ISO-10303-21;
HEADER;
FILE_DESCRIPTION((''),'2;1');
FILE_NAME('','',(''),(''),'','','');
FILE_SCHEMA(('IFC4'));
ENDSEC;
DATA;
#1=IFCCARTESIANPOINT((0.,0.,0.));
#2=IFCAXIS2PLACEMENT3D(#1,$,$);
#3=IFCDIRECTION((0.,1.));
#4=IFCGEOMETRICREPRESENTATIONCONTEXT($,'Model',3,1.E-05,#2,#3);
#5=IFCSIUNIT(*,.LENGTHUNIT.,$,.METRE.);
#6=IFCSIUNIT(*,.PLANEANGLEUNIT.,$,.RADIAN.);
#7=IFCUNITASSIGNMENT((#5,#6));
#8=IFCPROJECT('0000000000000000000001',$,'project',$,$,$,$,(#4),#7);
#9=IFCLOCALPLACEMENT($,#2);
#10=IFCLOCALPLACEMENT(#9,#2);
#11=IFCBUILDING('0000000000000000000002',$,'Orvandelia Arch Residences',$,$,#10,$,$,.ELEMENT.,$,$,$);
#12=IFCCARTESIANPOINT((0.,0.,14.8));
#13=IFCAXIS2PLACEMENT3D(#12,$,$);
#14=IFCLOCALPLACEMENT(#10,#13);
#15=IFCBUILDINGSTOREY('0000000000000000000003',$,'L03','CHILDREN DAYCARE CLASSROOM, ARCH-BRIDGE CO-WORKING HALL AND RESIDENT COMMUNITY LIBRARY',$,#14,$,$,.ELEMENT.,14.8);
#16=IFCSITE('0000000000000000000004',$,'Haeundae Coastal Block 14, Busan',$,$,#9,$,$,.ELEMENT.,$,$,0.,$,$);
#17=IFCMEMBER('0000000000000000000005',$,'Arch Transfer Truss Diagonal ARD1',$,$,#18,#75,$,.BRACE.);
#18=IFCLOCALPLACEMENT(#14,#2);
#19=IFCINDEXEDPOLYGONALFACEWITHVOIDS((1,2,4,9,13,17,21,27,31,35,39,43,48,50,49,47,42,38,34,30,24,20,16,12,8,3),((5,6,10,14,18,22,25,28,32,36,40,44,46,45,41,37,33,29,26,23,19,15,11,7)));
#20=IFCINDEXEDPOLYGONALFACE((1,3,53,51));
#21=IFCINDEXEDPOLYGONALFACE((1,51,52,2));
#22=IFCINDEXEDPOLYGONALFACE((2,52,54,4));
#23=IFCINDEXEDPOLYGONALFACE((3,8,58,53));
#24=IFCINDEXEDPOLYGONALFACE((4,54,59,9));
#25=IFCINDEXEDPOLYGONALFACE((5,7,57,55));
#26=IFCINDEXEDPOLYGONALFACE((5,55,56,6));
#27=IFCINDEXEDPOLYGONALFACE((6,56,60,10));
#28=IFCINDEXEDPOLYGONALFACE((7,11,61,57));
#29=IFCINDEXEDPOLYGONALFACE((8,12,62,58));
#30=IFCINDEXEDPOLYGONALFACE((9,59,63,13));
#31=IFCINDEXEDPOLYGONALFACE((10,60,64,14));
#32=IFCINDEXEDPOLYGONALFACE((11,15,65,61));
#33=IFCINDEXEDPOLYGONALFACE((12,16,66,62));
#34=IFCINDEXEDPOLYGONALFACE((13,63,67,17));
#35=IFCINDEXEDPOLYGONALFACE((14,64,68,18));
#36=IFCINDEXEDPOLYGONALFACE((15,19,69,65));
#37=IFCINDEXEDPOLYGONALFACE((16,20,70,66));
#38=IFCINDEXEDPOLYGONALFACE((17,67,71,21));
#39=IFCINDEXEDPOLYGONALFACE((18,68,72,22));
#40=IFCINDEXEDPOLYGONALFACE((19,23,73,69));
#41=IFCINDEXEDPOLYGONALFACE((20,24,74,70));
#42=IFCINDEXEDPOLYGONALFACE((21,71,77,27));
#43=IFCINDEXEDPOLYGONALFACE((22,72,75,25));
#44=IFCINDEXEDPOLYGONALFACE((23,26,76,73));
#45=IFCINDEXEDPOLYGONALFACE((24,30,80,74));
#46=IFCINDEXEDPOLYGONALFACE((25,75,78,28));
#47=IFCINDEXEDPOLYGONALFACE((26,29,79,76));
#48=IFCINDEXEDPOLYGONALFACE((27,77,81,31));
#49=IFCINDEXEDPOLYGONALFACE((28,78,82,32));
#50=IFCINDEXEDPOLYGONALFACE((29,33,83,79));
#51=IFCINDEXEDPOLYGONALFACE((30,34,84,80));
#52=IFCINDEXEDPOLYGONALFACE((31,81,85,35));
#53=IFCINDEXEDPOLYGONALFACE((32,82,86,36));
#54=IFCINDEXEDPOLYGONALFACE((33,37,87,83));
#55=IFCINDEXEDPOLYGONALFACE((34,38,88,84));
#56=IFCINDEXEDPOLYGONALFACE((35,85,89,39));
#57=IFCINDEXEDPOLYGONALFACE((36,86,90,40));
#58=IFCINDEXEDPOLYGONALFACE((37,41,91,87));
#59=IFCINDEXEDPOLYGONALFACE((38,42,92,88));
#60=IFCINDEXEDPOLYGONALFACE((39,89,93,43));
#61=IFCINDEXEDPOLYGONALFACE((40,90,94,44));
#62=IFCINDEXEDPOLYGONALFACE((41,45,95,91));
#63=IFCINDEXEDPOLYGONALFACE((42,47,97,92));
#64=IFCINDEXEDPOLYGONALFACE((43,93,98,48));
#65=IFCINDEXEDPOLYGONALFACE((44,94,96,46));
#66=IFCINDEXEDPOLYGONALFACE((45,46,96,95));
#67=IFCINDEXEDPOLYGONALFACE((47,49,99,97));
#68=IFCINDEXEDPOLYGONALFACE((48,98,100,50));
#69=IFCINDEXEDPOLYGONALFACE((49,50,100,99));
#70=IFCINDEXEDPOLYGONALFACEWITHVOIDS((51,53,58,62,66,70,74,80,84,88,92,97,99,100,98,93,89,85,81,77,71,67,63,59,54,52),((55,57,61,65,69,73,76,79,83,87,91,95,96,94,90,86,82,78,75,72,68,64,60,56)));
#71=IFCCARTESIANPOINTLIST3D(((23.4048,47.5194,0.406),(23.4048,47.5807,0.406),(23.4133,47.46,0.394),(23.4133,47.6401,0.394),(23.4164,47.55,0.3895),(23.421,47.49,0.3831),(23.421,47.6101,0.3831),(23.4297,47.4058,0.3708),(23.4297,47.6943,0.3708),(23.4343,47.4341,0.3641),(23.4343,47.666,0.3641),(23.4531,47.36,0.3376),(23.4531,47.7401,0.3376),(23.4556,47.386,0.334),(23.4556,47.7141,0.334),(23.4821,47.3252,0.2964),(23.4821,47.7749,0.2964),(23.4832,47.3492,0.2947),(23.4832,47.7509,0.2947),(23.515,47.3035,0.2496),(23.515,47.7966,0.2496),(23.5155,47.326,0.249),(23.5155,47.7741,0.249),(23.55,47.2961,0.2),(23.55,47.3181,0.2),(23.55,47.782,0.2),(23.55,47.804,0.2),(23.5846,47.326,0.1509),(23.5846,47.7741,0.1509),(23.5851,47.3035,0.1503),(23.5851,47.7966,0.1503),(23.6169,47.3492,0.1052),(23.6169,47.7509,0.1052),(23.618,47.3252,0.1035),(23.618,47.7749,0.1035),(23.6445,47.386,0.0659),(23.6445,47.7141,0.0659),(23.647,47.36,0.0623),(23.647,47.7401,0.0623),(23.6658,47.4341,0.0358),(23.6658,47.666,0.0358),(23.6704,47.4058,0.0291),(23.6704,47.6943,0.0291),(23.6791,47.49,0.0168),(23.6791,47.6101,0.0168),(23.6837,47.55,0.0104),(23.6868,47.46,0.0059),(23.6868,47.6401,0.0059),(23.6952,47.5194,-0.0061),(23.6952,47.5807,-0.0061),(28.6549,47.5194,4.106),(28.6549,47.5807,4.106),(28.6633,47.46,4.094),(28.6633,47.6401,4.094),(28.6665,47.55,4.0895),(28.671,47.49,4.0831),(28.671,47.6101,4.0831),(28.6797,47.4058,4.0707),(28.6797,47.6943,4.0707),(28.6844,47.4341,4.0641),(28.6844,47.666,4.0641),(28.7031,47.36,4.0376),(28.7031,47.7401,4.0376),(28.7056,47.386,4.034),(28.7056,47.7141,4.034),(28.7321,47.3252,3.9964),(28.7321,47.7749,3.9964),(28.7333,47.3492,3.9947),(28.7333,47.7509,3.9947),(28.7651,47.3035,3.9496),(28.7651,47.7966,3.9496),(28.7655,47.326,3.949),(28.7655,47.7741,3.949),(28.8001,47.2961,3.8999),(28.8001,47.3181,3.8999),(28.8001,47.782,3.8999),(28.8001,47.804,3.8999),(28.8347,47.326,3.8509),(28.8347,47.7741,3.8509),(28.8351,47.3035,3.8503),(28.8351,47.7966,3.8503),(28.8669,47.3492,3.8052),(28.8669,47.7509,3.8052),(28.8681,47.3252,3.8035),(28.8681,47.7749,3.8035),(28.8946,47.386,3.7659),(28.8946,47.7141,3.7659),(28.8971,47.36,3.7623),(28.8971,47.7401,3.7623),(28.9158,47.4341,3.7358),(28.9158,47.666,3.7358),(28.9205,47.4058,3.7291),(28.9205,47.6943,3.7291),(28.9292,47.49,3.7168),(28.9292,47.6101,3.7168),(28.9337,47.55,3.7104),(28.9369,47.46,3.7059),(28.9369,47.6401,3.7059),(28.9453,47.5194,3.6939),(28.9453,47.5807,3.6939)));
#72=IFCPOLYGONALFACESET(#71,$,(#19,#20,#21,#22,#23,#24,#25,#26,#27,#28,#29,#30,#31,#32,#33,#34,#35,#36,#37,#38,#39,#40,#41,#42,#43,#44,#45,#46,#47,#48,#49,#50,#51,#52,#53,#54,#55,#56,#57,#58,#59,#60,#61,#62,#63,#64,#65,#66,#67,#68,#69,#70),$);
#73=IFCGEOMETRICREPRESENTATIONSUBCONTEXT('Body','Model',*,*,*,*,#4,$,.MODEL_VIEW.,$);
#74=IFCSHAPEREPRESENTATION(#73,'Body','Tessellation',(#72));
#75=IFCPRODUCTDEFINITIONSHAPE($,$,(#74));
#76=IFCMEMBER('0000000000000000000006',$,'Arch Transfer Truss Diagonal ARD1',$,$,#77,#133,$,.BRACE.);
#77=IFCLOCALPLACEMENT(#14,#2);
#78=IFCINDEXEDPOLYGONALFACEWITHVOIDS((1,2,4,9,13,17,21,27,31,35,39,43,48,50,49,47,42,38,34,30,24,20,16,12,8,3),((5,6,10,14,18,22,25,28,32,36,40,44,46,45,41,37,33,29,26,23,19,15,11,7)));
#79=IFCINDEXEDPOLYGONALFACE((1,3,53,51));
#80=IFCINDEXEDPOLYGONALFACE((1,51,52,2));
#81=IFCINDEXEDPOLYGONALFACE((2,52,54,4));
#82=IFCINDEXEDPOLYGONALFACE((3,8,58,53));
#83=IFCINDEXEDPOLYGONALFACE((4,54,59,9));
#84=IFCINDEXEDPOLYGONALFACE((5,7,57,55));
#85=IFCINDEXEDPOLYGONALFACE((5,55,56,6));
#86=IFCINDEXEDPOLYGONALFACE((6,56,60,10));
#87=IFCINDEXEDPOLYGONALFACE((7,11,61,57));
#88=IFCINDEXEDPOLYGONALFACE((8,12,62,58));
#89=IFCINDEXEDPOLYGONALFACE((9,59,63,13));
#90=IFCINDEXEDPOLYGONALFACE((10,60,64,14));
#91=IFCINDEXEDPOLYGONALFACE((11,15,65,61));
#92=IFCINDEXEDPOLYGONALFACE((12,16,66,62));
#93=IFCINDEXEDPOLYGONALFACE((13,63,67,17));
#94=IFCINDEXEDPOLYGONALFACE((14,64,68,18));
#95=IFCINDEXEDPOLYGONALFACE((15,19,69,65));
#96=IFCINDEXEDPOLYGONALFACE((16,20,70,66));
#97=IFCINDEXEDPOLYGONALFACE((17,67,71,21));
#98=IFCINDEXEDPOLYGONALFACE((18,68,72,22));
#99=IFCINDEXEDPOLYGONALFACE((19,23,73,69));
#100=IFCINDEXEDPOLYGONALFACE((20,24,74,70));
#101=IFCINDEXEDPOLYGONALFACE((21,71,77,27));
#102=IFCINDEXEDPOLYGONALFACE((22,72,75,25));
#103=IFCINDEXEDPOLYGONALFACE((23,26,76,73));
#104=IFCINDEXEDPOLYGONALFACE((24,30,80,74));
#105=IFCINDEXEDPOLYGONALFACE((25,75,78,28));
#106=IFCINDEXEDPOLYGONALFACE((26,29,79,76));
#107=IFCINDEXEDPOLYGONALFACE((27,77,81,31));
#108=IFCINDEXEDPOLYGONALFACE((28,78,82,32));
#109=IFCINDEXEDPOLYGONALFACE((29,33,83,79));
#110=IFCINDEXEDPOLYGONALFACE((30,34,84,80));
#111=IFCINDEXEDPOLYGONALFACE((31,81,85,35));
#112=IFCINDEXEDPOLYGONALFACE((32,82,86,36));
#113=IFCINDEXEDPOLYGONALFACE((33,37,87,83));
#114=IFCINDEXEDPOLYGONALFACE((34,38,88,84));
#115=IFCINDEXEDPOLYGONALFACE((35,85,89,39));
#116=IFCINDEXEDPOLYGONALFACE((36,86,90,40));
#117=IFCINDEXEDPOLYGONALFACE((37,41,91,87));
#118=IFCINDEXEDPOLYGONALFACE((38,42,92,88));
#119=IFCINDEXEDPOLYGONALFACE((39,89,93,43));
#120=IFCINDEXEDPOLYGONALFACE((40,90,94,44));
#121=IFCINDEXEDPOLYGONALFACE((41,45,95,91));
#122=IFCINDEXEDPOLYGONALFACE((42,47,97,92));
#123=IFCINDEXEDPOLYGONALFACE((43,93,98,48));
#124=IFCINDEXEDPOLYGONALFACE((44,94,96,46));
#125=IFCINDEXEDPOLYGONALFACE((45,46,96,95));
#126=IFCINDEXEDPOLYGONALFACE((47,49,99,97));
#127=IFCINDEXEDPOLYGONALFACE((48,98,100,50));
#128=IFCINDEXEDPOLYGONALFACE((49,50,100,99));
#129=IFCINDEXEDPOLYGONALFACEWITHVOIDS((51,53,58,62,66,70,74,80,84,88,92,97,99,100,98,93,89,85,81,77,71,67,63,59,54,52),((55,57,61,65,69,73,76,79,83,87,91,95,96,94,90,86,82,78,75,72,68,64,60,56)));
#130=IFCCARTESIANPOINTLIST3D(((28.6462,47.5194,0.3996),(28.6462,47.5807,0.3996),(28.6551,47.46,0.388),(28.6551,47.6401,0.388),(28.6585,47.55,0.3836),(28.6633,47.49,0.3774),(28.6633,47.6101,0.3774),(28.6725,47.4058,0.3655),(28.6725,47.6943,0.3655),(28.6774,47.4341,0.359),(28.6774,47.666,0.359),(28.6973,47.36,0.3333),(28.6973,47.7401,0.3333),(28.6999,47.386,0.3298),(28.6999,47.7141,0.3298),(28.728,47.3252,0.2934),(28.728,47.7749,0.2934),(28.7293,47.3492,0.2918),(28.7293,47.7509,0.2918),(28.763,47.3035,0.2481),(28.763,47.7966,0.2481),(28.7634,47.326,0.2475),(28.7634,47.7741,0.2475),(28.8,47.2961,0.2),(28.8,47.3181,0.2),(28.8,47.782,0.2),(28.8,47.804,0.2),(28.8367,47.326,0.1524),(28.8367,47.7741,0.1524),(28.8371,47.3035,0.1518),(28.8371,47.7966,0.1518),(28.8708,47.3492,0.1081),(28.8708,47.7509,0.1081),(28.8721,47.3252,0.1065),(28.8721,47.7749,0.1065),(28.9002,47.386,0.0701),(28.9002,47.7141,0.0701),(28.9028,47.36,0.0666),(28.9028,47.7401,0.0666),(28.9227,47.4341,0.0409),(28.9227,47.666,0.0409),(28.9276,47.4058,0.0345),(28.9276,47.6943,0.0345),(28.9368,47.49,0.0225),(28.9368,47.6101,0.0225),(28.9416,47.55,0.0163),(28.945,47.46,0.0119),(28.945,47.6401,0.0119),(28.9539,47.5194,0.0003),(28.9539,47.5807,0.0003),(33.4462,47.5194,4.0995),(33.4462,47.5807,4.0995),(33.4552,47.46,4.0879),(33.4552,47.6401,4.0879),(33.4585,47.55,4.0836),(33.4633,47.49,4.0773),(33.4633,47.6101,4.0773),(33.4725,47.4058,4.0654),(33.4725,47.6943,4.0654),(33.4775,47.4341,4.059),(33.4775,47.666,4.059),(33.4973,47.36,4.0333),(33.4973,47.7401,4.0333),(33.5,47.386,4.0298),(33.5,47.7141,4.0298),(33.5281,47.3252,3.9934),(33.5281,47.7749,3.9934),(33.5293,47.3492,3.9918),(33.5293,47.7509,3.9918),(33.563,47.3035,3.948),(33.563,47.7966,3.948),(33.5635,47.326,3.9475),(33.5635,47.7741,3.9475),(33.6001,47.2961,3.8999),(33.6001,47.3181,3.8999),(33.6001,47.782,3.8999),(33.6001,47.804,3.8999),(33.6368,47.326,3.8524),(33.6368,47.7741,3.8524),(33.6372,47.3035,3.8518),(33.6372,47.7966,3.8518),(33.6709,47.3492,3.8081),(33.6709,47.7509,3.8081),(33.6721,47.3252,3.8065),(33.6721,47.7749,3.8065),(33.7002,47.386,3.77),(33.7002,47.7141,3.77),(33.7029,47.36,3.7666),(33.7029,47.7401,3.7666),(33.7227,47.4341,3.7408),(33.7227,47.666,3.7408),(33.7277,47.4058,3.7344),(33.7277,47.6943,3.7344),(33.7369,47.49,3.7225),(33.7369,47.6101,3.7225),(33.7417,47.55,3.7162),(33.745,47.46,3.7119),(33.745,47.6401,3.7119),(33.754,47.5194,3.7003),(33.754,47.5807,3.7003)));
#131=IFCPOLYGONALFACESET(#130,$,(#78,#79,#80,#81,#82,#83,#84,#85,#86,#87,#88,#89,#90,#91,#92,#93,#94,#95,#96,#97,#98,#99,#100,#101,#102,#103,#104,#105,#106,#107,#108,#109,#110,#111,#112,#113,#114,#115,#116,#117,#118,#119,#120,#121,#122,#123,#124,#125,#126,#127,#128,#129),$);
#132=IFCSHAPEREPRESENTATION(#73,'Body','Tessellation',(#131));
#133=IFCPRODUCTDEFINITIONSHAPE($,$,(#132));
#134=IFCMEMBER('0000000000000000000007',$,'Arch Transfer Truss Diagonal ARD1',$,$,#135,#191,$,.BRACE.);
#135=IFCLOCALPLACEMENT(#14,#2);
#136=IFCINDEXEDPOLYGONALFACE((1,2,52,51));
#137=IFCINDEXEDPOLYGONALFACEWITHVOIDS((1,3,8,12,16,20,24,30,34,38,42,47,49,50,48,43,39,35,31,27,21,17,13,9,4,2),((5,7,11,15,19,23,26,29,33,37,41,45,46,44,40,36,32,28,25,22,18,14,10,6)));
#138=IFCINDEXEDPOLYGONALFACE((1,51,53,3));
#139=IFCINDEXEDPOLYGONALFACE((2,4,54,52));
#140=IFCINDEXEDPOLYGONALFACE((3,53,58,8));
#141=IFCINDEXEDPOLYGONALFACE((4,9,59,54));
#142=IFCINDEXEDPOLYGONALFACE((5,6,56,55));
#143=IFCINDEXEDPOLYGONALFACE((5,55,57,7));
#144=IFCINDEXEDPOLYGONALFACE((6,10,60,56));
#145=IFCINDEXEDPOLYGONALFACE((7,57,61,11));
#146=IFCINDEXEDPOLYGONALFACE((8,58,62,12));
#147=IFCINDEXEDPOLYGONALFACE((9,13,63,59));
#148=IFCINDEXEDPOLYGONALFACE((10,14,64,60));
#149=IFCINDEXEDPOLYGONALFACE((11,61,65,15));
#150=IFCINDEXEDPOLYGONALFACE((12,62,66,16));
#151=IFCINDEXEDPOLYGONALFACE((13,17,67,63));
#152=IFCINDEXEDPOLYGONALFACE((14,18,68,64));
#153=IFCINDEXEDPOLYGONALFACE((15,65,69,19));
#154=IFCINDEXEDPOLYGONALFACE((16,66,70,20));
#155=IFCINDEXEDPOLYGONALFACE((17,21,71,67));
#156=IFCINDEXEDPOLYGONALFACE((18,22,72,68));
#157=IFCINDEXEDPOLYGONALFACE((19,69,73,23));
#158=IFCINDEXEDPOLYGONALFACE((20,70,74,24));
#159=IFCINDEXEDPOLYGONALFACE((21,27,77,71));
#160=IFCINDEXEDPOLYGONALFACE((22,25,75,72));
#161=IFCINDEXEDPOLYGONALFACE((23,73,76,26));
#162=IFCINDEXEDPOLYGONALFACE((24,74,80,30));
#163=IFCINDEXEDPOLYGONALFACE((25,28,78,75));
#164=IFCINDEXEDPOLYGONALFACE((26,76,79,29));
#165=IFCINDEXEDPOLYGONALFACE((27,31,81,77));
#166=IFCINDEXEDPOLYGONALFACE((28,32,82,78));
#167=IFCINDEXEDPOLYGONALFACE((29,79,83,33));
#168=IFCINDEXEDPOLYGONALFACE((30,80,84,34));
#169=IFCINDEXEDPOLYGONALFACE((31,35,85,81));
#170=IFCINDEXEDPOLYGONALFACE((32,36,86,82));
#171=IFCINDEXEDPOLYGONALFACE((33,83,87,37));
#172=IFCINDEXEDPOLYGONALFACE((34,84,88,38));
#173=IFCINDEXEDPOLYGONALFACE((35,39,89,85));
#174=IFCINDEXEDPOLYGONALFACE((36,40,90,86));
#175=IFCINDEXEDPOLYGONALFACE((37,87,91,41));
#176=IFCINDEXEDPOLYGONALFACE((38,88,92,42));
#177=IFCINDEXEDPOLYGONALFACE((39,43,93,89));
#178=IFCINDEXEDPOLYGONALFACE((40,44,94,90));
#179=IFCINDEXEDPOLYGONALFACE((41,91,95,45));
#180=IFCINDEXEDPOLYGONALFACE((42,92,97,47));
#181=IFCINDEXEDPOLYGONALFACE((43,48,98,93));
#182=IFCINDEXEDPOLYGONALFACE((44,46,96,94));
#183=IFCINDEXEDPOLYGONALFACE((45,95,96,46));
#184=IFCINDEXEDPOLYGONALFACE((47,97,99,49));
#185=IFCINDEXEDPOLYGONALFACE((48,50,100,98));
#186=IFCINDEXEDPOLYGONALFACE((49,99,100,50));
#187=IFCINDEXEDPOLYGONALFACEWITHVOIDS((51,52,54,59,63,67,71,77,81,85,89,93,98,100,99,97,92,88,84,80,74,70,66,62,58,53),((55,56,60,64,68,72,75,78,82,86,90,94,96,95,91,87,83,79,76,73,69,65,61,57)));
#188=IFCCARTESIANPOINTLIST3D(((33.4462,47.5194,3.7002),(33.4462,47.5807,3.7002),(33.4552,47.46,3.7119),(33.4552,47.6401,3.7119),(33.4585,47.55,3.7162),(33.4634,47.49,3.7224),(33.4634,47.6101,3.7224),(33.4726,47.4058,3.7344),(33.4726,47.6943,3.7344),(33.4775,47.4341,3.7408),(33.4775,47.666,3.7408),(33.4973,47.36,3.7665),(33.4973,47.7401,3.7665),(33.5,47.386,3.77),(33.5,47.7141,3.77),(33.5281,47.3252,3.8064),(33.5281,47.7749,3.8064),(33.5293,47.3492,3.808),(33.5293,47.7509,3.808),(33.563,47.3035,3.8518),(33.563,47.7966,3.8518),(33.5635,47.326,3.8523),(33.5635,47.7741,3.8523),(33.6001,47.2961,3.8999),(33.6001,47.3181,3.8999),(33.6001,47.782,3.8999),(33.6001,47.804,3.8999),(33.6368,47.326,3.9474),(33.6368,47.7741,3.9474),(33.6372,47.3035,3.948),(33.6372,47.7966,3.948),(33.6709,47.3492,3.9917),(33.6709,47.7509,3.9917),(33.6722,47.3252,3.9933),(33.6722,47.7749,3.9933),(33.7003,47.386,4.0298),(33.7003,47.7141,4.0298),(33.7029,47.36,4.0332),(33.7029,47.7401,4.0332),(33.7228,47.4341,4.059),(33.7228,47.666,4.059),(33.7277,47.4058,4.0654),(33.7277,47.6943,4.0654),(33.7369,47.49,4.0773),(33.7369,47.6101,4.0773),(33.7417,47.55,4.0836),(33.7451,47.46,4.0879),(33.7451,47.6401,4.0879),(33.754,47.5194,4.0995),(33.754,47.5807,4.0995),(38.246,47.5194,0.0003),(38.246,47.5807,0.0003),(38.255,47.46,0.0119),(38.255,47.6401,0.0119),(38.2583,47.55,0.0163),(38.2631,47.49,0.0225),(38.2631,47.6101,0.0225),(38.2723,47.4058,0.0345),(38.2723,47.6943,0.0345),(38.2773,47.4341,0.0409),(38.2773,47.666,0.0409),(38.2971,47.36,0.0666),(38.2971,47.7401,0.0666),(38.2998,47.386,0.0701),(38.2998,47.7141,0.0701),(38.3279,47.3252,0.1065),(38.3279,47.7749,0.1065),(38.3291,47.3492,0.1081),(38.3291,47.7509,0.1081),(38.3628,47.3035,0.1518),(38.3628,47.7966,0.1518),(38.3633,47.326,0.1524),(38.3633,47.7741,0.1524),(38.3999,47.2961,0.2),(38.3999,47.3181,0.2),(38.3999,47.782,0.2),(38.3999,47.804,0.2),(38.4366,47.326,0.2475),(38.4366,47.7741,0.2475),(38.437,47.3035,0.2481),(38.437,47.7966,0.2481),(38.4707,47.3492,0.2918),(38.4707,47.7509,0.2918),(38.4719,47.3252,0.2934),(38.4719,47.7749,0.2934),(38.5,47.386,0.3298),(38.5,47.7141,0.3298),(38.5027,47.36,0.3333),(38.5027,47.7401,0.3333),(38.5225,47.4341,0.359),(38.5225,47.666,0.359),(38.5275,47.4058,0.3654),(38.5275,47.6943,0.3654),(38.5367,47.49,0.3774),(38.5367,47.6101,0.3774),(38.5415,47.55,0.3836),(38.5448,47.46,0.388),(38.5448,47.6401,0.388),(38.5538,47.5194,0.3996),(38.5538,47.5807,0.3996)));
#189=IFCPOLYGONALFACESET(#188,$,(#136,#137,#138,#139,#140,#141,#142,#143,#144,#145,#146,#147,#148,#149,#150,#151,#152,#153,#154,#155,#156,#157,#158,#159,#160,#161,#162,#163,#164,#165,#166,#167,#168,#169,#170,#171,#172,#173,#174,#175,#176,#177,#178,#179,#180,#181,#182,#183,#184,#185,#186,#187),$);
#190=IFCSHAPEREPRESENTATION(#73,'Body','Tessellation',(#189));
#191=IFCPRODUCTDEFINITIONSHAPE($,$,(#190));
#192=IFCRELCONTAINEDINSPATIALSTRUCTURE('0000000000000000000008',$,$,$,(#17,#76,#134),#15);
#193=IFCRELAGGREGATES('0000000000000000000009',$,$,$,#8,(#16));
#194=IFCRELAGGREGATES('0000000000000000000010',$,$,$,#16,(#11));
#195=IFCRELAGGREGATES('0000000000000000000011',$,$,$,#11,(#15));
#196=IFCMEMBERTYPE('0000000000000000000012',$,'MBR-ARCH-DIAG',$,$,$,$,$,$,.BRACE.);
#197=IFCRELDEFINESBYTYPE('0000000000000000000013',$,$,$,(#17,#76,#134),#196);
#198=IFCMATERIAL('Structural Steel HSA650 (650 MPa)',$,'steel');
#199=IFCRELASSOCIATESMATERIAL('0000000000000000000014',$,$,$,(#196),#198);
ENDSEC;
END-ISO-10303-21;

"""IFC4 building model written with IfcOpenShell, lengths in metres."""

from ifc_helpers import new_model, si_unit, direction, frame, origin, origin_2d, place, context, subcontext, project, spatial, hollow_circle, extrude, material, material_profile, profile_set, type_object, element, save


model = new_model("IFC4")

# Units and contexts
model_context = context("Model", 3, precision=1e-05, world=origin(), true_north=direction((0.0, 1.0)))
body_context = subcontext(model_context, "Body", "Model", "MODEL_VIEW")
ifc_project = project(units=[si_unit("LENGTHUNIT", "METRE"), si_unit("PLANEANGLEUNIT", "RADIAN")], contexts=[model_context])

# Site, building, storey
site_placement = place(None, origin())
site = spatial("IfcSite", under=ifc_project, at=site_placement, Name="Haeundae Coastal Block 14, Busan", CompositionType="ELEMENT", RefElevation=0.0)
building_placement = place(site_placement, origin())
building = spatial("IfcBuilding", under=site, at=building_placement, Name="Orvandelia Arch Residences", CompositionType="ELEMENT")
storey_placement = place(building_placement, frame((0.0, 0.0, 14.8)))
storey = spatial("IfcBuildingStorey", under=building, at=storey_placement, Name="L03", Description="CHILDREN DAYCARE CLASSROOM, ARCH-BRIDGE CO-WORKING HALL AND RESIDENT COMMUNITY LIBRARY", CompositionType="ELEMENT", Elevation=14.8)

# Shared definitions
ifc_material_1 = material(Name="Structural Steel HSA650 (650 MPa)", Category="steel")

# Members
ifc_material_profile_1 = material_profile(ifc_material_1, hollow_circle(Radius=0.2539, WallThickness=0.022, at=origin_2d()), Name="Structural Steel HSA650 (650 MPa)", Category="steel")
ifc_profile_set_1 = profile_set([ifc_material_profile_1], Name="Structural Steel HSA650 (650 MPa)")
member_type = type_object("IfcMemberType", Name="MBR-ARCH-DIAG", PredefinedType="BRACE", material=ifc_profile_set_1)
member_1_placement = place(storey_placement, frame((23.55, 47.55, 0.2), z_axis=(0.817403, 0.0, 0.576067), x_axis=(0.0, 1.0, 0.0)))
element("IfcMember", 1, at=member_1_placement, inside=storey, type_object=member_type, Name="Arch Transfer Truss Diagonal ARD1", PredefinedType="BRACE", context=body_context, shape_type="SweptSolid", body=[
    extrude(hollow_circle(Radius=0.2539, WallThickness=0.022, at=origin_2d()), origin(), (0.0, 0.0, 1.0), 6.4229),
])
member_2_placement = place(storey_placement, frame((28.8, 47.55, 0.2), z_axis=(0.792017, 0.0, 0.610499), x_axis=(0.0, 1.0, 0.0)))
element("IfcMember", 2, at=member_2_placement, inside=storey, type_object=member_type, Name="Arch Transfer Truss Diagonal ARD1", PredefinedType="BRACE", context=body_context, shape_type="SweptSolid", body=[
    extrude(hollow_circle(Radius=0.2539, WallThickness=0.022, at=origin_2d()), origin(), (0.0, 0.0, 1.0), 6.0605),
])
member_3_placement = place(storey_placement, frame((38.3999, 47.55, 0.2), z_axis=(-0.792002, 0.0, 0.610518), x_axis=(0.0, -1.0, 0.0)))
element("IfcMember", 3, at=member_3_placement, inside=storey, type_object=member_type, Name="Arch Transfer Truss Diagonal ARD1", PredefinedType="BRACE", context=body_context, shape_type="SweptSolid", body=[
    extrude(hollow_circle(Radius=0.2539, WallThickness=0.022, at=origin_2d()), origin(), (0.0, 0.0, 1.0), 6.0603),
])

save(model, "model.ifc")
